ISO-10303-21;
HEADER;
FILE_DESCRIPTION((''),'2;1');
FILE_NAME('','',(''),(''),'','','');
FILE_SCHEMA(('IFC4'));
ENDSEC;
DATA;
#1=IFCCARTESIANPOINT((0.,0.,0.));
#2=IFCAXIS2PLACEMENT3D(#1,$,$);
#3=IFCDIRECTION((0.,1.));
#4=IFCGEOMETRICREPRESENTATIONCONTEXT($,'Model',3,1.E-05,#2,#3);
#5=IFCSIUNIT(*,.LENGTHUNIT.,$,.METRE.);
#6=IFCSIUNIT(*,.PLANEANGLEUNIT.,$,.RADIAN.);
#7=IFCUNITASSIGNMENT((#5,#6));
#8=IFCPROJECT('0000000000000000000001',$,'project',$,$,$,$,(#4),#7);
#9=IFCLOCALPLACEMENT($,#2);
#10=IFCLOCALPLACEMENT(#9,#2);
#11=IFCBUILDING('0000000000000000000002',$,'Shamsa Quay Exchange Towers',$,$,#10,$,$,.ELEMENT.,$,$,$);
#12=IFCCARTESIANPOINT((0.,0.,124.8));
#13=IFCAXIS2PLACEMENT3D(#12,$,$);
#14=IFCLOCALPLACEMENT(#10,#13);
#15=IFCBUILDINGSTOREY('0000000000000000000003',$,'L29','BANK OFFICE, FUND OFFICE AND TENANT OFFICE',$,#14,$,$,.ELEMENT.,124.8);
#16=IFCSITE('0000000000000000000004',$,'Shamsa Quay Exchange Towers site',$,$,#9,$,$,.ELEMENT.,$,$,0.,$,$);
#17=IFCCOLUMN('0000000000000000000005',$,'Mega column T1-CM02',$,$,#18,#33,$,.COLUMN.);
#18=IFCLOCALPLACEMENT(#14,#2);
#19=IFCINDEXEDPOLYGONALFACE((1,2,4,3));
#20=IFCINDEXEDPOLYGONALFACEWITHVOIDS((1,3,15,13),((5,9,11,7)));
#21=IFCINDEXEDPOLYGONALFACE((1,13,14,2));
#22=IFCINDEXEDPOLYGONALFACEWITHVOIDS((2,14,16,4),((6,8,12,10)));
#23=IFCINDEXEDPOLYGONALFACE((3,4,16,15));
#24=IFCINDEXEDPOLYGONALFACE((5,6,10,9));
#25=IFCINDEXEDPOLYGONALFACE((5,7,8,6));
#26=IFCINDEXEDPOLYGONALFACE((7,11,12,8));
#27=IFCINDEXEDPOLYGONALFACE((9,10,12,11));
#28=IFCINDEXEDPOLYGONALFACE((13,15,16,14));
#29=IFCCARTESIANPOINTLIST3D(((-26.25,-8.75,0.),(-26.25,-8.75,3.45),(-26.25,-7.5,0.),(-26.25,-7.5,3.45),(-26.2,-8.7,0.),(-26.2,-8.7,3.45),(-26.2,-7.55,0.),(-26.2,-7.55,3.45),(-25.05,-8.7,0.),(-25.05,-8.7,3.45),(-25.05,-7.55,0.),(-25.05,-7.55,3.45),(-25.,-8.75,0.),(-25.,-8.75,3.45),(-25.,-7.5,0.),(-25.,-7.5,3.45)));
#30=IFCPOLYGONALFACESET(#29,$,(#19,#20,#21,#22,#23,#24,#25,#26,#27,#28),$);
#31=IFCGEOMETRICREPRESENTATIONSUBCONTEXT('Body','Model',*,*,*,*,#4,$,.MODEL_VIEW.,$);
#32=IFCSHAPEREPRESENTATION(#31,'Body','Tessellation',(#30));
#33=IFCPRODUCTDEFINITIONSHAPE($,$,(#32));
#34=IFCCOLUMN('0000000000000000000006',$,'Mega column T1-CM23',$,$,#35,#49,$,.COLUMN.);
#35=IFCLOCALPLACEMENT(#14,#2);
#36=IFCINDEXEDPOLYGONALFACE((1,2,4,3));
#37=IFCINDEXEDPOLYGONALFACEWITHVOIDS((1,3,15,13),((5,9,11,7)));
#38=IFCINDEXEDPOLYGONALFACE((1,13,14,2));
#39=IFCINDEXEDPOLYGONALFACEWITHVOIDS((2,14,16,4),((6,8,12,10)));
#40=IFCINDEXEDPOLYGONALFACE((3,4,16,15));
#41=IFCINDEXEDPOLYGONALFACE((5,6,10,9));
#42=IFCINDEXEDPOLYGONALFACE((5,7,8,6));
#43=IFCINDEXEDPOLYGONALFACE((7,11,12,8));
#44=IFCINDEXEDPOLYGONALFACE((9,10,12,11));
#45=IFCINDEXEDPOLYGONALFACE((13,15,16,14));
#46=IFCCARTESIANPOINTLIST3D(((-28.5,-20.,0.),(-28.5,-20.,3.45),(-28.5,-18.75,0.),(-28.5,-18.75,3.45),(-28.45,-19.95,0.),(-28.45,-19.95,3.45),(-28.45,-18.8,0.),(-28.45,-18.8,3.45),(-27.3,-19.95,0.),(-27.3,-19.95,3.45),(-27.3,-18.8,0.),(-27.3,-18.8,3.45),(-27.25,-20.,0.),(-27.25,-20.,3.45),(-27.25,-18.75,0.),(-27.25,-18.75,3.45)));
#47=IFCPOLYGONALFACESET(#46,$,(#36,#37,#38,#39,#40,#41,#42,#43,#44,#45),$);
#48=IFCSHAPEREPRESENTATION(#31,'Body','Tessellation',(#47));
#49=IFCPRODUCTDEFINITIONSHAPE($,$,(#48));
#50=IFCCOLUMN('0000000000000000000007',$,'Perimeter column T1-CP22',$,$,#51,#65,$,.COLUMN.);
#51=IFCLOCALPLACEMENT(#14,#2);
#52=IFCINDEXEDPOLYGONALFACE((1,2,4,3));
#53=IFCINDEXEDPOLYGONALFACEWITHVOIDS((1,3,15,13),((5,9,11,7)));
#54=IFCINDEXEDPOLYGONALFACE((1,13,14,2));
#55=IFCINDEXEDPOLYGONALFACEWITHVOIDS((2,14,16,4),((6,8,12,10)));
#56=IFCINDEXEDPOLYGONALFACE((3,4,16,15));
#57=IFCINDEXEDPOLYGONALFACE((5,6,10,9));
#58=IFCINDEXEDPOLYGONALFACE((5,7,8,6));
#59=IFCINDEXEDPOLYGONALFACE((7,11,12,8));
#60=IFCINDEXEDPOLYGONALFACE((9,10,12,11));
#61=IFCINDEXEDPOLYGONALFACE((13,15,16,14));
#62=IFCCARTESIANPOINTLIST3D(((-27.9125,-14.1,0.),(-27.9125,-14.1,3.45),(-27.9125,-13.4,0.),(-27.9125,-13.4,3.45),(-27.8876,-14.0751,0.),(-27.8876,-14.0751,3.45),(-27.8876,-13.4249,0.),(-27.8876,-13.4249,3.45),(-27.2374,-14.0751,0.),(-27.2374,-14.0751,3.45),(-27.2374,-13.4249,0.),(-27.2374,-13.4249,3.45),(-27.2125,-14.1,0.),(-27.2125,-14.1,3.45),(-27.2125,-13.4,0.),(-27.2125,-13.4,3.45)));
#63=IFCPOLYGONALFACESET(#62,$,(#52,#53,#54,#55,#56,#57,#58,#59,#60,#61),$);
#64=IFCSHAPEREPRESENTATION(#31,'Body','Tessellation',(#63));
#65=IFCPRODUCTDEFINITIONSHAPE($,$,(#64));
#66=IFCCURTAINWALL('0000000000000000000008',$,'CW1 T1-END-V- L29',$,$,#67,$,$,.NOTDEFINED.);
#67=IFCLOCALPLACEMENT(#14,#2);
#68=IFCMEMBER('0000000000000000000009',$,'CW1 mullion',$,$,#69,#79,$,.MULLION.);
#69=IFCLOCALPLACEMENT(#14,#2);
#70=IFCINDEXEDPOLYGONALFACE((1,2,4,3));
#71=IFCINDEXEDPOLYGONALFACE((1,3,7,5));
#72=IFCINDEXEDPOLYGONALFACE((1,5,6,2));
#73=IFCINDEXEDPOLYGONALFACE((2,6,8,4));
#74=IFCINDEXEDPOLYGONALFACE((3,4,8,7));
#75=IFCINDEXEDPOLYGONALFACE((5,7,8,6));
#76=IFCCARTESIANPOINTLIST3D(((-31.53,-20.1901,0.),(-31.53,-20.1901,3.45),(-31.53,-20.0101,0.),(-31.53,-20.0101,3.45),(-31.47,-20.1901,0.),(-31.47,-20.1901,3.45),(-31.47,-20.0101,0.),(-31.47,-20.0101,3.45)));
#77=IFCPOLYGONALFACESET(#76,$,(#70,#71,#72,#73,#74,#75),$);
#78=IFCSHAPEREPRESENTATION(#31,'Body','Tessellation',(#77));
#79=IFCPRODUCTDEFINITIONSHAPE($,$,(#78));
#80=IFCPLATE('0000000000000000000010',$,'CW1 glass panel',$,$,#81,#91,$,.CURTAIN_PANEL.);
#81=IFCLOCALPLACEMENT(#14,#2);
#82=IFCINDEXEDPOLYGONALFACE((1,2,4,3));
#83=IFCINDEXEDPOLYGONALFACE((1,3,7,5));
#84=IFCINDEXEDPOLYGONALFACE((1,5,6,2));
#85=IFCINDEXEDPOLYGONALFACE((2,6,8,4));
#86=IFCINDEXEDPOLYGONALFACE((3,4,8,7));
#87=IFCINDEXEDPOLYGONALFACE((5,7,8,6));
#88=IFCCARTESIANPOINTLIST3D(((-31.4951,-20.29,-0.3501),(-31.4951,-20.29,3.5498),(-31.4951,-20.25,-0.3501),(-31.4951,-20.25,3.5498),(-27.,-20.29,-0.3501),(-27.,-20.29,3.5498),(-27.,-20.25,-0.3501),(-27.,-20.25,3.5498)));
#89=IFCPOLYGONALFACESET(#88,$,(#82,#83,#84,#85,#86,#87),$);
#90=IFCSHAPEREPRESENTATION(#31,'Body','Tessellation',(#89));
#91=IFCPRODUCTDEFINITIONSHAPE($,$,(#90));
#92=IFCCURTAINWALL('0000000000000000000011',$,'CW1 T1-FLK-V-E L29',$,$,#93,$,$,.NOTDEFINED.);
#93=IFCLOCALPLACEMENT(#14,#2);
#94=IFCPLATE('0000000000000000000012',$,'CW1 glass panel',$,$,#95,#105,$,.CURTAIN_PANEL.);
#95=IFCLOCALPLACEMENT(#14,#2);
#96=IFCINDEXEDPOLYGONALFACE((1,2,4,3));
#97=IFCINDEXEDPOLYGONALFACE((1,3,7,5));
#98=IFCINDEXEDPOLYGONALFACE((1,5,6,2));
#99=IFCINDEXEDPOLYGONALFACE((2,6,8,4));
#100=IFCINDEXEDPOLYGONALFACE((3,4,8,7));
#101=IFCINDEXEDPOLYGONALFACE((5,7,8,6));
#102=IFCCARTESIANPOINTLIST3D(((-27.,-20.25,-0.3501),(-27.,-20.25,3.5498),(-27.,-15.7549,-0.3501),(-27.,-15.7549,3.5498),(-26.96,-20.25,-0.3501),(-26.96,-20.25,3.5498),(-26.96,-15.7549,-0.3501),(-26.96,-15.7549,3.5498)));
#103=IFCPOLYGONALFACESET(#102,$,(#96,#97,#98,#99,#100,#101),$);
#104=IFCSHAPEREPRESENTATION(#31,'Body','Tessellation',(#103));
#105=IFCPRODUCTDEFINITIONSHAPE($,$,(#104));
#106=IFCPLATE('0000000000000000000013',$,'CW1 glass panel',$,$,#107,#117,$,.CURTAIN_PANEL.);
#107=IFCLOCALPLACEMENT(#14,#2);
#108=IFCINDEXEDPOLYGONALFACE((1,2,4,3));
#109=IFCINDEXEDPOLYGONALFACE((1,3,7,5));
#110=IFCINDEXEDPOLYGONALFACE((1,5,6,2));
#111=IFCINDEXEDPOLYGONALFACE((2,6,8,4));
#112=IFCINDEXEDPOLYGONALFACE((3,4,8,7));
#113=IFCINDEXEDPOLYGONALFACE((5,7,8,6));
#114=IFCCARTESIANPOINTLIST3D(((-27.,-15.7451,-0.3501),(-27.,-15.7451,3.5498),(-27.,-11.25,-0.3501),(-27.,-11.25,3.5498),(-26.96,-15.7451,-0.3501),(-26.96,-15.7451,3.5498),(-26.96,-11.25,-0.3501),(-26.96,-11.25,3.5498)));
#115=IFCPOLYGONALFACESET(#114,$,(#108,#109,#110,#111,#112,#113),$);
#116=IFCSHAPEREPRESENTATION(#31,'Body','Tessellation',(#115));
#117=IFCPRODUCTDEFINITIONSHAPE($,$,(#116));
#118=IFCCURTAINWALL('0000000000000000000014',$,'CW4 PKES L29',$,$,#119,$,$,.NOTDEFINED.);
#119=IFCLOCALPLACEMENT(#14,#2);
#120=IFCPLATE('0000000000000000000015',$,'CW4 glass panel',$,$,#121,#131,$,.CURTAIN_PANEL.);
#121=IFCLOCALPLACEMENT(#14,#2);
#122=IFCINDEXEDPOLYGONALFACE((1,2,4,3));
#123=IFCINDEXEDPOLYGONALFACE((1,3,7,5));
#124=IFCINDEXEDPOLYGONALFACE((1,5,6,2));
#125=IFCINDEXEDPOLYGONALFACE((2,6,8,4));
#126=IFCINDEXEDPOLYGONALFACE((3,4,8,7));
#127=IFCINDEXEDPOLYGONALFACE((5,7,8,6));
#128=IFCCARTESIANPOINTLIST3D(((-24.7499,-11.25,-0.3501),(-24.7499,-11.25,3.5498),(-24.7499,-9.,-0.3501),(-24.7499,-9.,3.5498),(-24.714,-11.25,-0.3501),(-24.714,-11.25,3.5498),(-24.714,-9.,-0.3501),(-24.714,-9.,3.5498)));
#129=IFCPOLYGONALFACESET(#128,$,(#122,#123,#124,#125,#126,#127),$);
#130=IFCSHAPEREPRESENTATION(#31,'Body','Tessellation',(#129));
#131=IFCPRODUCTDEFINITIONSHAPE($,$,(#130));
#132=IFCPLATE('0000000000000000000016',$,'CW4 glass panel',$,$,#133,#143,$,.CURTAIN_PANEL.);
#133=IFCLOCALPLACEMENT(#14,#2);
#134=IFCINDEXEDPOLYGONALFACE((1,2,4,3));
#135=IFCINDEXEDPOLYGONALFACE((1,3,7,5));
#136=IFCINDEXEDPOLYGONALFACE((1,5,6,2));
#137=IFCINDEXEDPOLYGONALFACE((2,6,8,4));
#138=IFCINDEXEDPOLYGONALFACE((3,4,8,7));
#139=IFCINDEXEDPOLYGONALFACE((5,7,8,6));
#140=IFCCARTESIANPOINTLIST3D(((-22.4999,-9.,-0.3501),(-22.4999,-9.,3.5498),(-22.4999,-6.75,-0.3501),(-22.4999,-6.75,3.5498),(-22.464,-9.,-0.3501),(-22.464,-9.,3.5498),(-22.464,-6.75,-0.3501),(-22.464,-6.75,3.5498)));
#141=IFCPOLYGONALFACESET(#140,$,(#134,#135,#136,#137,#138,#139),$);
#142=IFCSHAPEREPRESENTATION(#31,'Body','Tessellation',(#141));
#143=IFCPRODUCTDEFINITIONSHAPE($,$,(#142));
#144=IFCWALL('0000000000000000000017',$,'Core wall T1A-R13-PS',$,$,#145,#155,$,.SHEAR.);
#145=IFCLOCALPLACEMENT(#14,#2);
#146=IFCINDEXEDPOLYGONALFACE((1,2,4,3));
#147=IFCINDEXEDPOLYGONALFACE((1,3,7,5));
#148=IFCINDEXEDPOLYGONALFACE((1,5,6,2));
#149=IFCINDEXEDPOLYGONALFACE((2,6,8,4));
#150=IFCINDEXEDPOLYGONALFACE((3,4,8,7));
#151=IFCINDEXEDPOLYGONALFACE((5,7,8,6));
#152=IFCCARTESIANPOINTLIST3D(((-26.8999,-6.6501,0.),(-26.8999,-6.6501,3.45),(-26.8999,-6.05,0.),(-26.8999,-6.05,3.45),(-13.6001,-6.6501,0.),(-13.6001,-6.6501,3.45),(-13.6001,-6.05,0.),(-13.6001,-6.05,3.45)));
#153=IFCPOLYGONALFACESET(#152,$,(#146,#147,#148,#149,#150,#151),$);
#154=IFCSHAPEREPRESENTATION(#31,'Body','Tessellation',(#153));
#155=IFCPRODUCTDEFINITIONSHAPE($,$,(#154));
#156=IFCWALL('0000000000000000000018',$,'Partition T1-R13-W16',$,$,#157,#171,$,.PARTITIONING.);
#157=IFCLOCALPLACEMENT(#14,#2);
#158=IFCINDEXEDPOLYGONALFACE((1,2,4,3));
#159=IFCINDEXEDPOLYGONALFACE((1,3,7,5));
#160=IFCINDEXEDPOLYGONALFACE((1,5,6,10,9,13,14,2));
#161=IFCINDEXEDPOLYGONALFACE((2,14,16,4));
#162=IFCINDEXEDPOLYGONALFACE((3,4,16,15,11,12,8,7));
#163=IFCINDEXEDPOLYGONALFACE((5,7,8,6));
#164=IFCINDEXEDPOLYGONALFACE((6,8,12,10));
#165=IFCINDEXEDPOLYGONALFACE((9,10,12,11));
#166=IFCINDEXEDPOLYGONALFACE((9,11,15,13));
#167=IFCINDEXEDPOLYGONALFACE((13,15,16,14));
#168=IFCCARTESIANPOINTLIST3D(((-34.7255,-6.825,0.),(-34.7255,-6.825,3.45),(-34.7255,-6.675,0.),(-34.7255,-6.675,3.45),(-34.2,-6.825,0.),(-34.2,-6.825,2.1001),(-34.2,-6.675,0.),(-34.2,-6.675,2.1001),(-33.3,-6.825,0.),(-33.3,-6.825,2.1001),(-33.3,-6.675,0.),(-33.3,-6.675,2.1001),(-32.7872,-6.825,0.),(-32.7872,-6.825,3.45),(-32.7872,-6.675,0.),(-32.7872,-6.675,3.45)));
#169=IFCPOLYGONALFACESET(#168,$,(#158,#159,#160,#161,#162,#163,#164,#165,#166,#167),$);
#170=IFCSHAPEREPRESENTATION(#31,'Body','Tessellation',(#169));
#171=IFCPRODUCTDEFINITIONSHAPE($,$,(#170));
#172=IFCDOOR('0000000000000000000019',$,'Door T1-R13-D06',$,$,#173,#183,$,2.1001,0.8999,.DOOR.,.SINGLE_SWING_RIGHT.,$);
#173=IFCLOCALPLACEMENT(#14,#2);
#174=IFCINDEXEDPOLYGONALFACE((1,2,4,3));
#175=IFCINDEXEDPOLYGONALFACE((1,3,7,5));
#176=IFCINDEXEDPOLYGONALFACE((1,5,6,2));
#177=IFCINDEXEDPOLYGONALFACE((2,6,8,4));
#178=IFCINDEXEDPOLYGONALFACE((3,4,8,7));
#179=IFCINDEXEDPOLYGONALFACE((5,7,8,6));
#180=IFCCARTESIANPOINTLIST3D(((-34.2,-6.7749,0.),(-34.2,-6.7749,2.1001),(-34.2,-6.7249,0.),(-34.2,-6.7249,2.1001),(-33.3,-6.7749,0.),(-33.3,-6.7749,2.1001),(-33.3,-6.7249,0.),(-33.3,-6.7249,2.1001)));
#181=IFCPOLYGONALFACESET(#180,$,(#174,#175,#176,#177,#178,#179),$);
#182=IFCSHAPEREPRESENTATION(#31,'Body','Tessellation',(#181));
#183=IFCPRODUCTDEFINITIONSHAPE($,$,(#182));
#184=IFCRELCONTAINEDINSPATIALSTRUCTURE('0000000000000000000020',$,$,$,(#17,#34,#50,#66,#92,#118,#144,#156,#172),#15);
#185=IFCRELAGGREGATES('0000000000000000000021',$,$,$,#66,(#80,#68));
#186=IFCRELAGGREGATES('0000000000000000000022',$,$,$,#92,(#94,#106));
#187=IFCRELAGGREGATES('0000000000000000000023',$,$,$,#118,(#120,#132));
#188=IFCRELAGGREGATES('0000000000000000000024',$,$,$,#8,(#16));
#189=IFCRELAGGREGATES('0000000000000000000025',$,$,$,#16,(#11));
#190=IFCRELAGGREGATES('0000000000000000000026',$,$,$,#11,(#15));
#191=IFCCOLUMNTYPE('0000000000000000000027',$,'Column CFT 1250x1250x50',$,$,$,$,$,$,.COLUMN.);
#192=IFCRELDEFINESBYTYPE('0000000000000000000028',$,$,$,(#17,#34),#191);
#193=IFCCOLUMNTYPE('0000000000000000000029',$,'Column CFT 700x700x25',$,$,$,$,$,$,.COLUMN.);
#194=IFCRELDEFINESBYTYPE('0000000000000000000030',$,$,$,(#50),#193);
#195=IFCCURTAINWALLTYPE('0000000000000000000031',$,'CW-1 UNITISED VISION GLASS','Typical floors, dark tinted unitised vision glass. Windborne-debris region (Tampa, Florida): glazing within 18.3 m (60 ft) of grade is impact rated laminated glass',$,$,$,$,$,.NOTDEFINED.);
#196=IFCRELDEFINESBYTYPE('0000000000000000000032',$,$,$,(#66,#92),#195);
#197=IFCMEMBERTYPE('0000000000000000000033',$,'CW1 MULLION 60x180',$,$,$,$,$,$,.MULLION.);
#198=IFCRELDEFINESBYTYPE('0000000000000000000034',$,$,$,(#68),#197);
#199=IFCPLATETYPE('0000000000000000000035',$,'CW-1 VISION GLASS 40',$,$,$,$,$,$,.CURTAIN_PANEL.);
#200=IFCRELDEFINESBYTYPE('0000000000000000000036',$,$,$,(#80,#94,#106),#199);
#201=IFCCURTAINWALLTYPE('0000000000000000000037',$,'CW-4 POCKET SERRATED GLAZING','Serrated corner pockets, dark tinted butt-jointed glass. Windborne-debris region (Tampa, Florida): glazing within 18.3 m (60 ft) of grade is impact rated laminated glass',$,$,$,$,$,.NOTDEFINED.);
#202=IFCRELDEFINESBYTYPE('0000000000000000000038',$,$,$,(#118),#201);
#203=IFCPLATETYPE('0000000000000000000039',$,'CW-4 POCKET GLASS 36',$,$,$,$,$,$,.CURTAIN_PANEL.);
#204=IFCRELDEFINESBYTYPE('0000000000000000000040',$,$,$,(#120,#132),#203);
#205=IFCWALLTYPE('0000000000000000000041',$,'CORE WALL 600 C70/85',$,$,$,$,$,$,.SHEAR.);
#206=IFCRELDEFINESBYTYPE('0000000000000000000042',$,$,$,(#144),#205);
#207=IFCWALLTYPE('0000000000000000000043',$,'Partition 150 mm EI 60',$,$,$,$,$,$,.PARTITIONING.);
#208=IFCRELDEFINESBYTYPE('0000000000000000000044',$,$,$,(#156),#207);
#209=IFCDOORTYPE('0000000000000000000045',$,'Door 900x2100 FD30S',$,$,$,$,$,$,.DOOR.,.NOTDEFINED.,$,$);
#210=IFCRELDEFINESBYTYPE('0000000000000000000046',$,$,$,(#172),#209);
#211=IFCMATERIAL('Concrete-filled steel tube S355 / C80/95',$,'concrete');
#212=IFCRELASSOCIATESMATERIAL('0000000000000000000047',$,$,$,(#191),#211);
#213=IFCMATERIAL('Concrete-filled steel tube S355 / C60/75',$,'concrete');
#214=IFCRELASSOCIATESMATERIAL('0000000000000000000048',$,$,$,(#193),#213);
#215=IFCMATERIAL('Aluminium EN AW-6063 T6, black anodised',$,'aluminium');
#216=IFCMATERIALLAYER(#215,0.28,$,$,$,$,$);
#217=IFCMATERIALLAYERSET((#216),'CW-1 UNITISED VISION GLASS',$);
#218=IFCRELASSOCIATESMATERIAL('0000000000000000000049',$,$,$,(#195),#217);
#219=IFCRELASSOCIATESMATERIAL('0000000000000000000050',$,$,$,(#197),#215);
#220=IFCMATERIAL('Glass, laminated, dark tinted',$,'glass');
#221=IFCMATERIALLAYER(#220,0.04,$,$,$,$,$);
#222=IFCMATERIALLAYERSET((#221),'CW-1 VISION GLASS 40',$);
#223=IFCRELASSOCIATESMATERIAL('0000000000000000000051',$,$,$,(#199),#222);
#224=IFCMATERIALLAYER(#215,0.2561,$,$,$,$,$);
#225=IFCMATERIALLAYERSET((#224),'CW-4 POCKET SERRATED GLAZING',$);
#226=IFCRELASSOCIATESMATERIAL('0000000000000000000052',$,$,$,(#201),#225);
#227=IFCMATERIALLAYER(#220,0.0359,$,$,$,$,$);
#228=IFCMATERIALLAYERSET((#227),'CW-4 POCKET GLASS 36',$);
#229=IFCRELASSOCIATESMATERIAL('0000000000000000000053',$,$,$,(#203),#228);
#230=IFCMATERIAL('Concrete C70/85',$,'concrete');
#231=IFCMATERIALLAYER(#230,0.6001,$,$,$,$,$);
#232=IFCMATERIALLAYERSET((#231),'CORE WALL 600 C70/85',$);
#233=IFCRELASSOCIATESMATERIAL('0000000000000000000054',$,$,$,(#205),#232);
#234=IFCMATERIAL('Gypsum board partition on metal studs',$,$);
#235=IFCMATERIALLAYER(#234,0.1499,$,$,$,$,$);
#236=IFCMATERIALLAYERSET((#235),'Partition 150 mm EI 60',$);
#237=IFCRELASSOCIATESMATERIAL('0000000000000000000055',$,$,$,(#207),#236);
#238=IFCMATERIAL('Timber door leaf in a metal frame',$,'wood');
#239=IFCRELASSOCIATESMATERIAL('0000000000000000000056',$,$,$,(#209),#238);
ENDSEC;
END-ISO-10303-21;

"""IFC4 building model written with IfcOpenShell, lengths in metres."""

from ifc_helpers import new_model, si_unit, direction, frame, frame_2d, origin, origin_2d, place, context, subcontext, project, spatial, rectangle, hollow_rectangle, extrude, material, layer, layer_set, material_profile, profile_set, type_object, element, fill, aggregate, save


model = new_model("IFC4")

# Units and contexts
model_context = context("Model", 3, precision=1e-05, world=origin(), true_north=direction((0.0, 1.0)))
body_context = subcontext(model_context, "Body", "Model", "MODEL_VIEW")
ifc_project = project(units=[si_unit("LENGTHUNIT", "METRE"), si_unit("PLANEANGLEUNIT", "RADIAN")], contexts=[model_context])

# Site, building, storey
site_placement = place(None, origin())
site = spatial("IfcSite", under=ifc_project, at=site_placement, Name="Shamsa Quay Exchange Towers site", CompositionType="ELEMENT", RefElevation=0.0)
building_placement = place(site_placement, origin())
building = spatial("IfcBuilding", under=site, at=building_placement, Name="Shamsa Quay Exchange Towers", CompositionType="ELEMENT")
storey_placement = place(building_placement, frame((0.0, 0.0, 124.8)))
storey = spatial("IfcBuildingStorey", under=building, at=storey_placement, Name="L29", Description="BANK OFFICE, FUND OFFICE AND TENANT OFFICE", CompositionType="ELEMENT", Elevation=124.8)

# Columns
ifc_material_1 = material(Name="Concrete-filled steel tube S355 / C80/95", Category="concrete")
ifc_material_profile_1 = material_profile(ifc_material_1, hollow_rectangle(XDim=1.25, YDim=1.25, WallThickness=0.05, at=origin_2d()), Name="CFT 1250x1250x50")
ifc_profile_set_1 = profile_set([ifc_material_profile_1], Name="Concrete-filled steel tube S355 / C80/95")
column_type_1 = type_object("IfcColumnType", Name="Column CFT 1250x1250x50", PredefinedType="COLUMN", material=ifc_profile_set_1)
for number, where, name in (
    (1, (-25.625, -8.125, 0.0), "Mega column T1-CM02"),
    (2, (-27.875, -19.375, 0.0), "Mega column T1-CM23"),
):
    element("IfcColumn", number, at=place(storey_placement, frame(where)), inside=storey, type_object=column_type_1, Name=name, PredefinedType="COLUMN", context=body_context, shape_type="SweptSolid", body=[
        extrude(hollow_rectangle(XDim=1.25, YDim=1.25, WallThickness=0.05, at=origin_2d()), origin(), (0.0, 0.0, 1.0), 3.45),
    ])
ifc_material_2 = material(Name="Concrete-filled steel tube S355 / C60/75", Category="concrete")
ifc_material_profile_2 = material_profile(ifc_material_2, hollow_rectangle(XDim=0.7, YDim=0.7, WallThickness=0.0249, at=origin_2d()), Name="CFT 700x700x25")
ifc_profile_set_2 = profile_set([ifc_material_profile_2], Name="Concrete-filled steel tube S355 / C60/75")
column_type_2 = type_object("IfcColumnType", Name="Column CFT 700x700x25", PredefinedType="COLUMN", material=ifc_profile_set_2)
column_placement = place(storey_placement, frame((-27.5625, -13.75, 0.0)))
element("IfcColumn", 3, at=column_placement, inside=storey, type_object=column_type_2, Name="Perimeter column T1-CP22", PredefinedType="COLUMN", context=body_context, shape_type="SweptSolid", body=[
    extrude(hollow_rectangle(XDim=0.7, YDim=0.7, WallThickness=0.0249, at=origin_2d()), origin(), (0.0, 0.0, 1.0), 3.45),
])

# Curtain wall, member, plate
ifc_material_3 = material(Name="Aluminium EN AW-6063 T6, black anodised", Category="aluminium")
ifc_layer_1 = layer(ifc_material_3, 0.28)
ifc_layer_set_1 = layer_set([ifc_layer_1], Name="CW-1 UNITISED VISION GLASS")
curtain_wall_type_1 = type_object("IfcCurtainWallType", Name="CW-1 UNITISED VISION GLASS", Description="Typical floors, dark tinted unitised vision glass. Windborne-debris region (Tampa, Florida): glazing within 18.3 m (60 ft) of grade is impact rated laminated glass", PredefinedType="NOTDEFINED", material=ifc_layer_set_1)
curtain_wall_1_placement = place(storey_placement, origin())
curtain_wall_1 = element("IfcCurtainWall", 4, at=curtain_wall_1_placement, inside=storey, type_object=curtain_wall_type_1, Name="CW1 T1-END-V- L29", PredefinedType="NOTDEFINED")
ifc_material_profile_3 = material_profile(ifc_material_3, rectangle(XDim=0.1799, YDim=0.0601, at=origin_2d()), Name="MU60x180")
ifc_profile_set_3 = profile_set([ifc_material_profile_3], Name="Aluminium EN AW-6063 T6, black anodised")
member_type = type_object("IfcMemberType", Name="CW1 MULLION 60x180", PredefinedType="MULLION", material=ifc_profile_set_3)
member_placement = place(storey_placement, frame((-31.5, -20.1001, 0.0), z_axis=(0.0, 0.0, 1.0), x_axis=(0.0, 1.0, 0.0)))
member = element("IfcMember", 5, at=member_placement, type_object=member_type, Name="CW1 mullion", PredefinedType="MULLION", context=body_context, shape_type="SweptSolid", body=[
    extrude(rectangle(XDim=0.1799, YDim=0.0601, at=origin_2d()), origin(), (0.0, 0.0, 1.0), 3.45),
])
ifc_material_4 = material(Name="Glass, laminated, dark tinted", Category="glass")
ifc_layer_2 = layer(ifc_material_4, 0.04)
ifc_layer_set_2 = layer_set([ifc_layer_2], Name="CW-1 VISION GLASS 40")
plate_type_1 = type_object("IfcPlateType", Name="CW-1 VISION GLASS 40", PredefinedType="CURTAIN_PANEL", material=ifc_layer_set_2)
plate_1_placement = place(storey_placement, frame((-29.2476, -20.27, -0.3501)))
plate_1 = element("IfcPlate", 6, at=plate_1_placement, type_object=plate_type_1, Name="CW1 glass panel", PredefinedType="CURTAIN_PANEL", context=body_context, shape_type="SweptSolid", body=[
    extrude(rectangle(XDim=4.4951, YDim=0.04, at=origin_2d()), origin(), (0.0, 0.0, 1.0), 3.8999),
])
aggregate(curtain_wall_1, [plate_1, member])

# Curtain walls, plates
curtain_wall_2_placement = place(storey_placement, origin())
curtain_wall_2 = element("IfcCurtainWall", 7, at=curtain_wall_2_placement, inside=storey, type_object=curtain_wall_type_1, Name="CW1 T1-FLK-V-E L29", PredefinedType="NOTDEFINED")
plate_2_placement = place(storey_placement, frame((-26.98, -18.0024, -0.3501), z_axis=(0.0, 0.0, 1.0), x_axis=(0.0, 1.0, 0.0)))
plate_2 = element("IfcPlate", 8, at=plate_2_placement, type_object=plate_type_1, Name="CW1 glass panel", PredefinedType="CURTAIN_PANEL", context=body_context, shape_type="SweptSolid", body=[
    extrude(rectangle(XDim=4.4951, YDim=0.04, at=origin_2d()), origin(), (0.0, 0.0, 1.0), 3.8999),
])
plate_3_placement = place(storey_placement, frame((-26.98, -13.4976, -0.3501), z_axis=(0.0, 0.0, 1.0), x_axis=(0.0, 1.0, 0.0)))
plate_3 = element("IfcPlate", 9, at=plate_3_placement, type_object=plate_type_1, Name="CW1 glass panel", PredefinedType="CURTAIN_PANEL", context=body_context, shape_type="SweptSolid", body=[
    extrude(rectangle(XDim=4.4951, YDim=0.04, at=origin_2d()), origin(), (0.0, 0.0, 1.0), 3.8999),
])
aggregate(curtain_wall_2, [plate_2, plate_3])
ifc_layer_3 = layer(ifc_material_3, 0.2561)
ifc_layer_set_3 = layer_set([ifc_layer_3], Name="CW-4 POCKET SERRATED GLAZING")
curtain_wall_type_2 = type_object("IfcCurtainWallType", Name="CW-4 POCKET SERRATED GLAZING", Description="Serrated corner pockets, dark tinted butt-jointed glass. Windborne-debris region (Tampa, Florida): glazing within 18.3 m (60 ft) of grade is impact rated laminated glass", PredefinedType="NOTDEFINED", material=ifc_layer_set_3)
curtain_wall_3_placement = place(storey_placement, origin())
curtain_wall_3 = element("IfcCurtainWall", 10, at=curtain_wall_3_placement, inside=storey, type_object=curtain_wall_type_2, Name="CW4 PKES L29", PredefinedType="NOTDEFINED")
ifc_layer_4 = layer(ifc_material_4, 0.0359)
ifc_layer_set_4 = layer_set([ifc_layer_4], Name="CW-4 POCKET GLASS 36")
plate_type_2 = type_object("IfcPlateType", Name="CW-4 POCKET GLASS 36", PredefinedType="CURTAIN_PANEL", material=ifc_layer_set_4)
plate_4_placement = place(storey_placement, frame((-24.7319, -10.125, -0.3501), z_axis=(0.0, 0.0, 1.0), x_axis=(0.0, 1.0, 0.0)))
plate_4 = element("IfcPlate", 11, at=plate_4_placement, type_object=plate_type_2, Name="CW4 glass panel", PredefinedType="CURTAIN_PANEL", context=body_context, shape_type="SweptSolid", body=[
    extrude(rectangle(XDim=2.25, YDim=0.0359, at=origin_2d()), origin(), (0.0, 0.0, 1.0), 3.8999),
])
plate_5_placement = place(storey_placement, frame((-22.4819, -7.875, -0.3501), z_axis=(0.0, 0.0, 1.0), x_axis=(0.0, 1.0, 0.0)))
plate_5 = element("IfcPlate", 12, at=plate_5_placement, type_object=plate_type_2, Name="CW4 glass panel", PredefinedType="CURTAIN_PANEL", context=body_context, shape_type="SweptSolid", body=[
    extrude(rectangle(XDim=2.25, YDim=0.0359, at=origin_2d()), origin(), (0.0, 0.0, 1.0), 3.8999),
])
aggregate(curtain_wall_3, [plate_4, plate_5])

# Wall
ifc_material_5 = material(Name="Concrete C70/85", Category="concrete")
ifc_layer_5 = layer(ifc_material_5, 0.6001)
ifc_layer_set_5 = layer_set([ifc_layer_5], Name="CORE WALL 600 C70/85")
wall_type_1 = type_object("IfcWallType", Name="CORE WALL 600 C70/85", PredefinedType="SHEAR", material=ifc_layer_set_5)
wall_1_placement = place(storey_placement, frame((-26.8999, -6.3501, 0.0)))
element("IfcWall", 13, at=wall_1_placement, inside=storey, type_object=wall_type_1, Name="Core wall T1A-R13-PS", PredefinedType="SHEAR", context=body_context, shape_type="SweptSolid", body=[
    extrude(rectangle(XDim=13.2998, YDim=0.6001, at=frame_2d((6.6499, 0.0))), origin(), (0.0, 0.0, 1.0), 3.45),
])

# Wall, opening, door
ifc_material_6 = material(Name="Gypsum board partition on metal studs")
ifc_layer_6 = layer(ifc_material_6, 0.1499)
ifc_layer_set_6 = layer_set([ifc_layer_6], Name="Partition 150 mm EI 60")
wall_type_2 = type_object("IfcWallType", Name="Partition 150 mm EI 60", PredefinedType="PARTITIONING", material=ifc_layer_set_6)
wall_2_placement = place(storey_placement, frame((-32.7871, -6.75, 0.0), z_axis=(0.0, 0.0, 1.0), x_axis=(-1.0, 0.0, 0.0)))
wall_2 = element("IfcWall", 14, at=wall_2_placement, inside=storey, type_object=wall_type_2, Name="Partition T1-R13-W16", PredefinedType="PARTITIONING", context=body_context, shape_type="SweptSolid", body=[
    extrude(rectangle(XDim=1.9382, YDim=0.1499, at=frame_2d((0.9692, 0.0))), origin(), (0.0, 0.0, 1.0), 3.45),
])
opening_1_placement = place(wall_2_placement, frame((0.5129, 0.0, 0.0)))
opening_1 = element("IfcOpeningElement", 15, at=opening_1_placement, cuts=wall_2, PredefinedType="OPENING", context=body_context, shape_type="SweptSolid", body=[
    extrude(rectangle(XDim=0.8999, YDim=2.1001, at=frame_2d((0.45, 1.05))), frame((0.0, 0.085, 0.0), z_axis=(0.0, -1.0, 0.0), x_axis=(1.0, 0.0, 0.0)), (0.0, 0.0, 1.0), 0.1699),
])
ifc_material_7 = material(Name="Timber door leaf in a metal frame", Category="wood")
door_type_1 = type_object("IfcDoorType", Name="Door 900x2100 FD30S", OperationType="NOTDEFINED", PredefinedType="DOOR", material=ifc_material_7)
door_1_placement = place(opening_1_placement, origin())
door_1 = element("IfcDoor", 16, at=door_1_placement, inside=storey, type_object=door_type_1, Name="Door T1-R13-D06", OperationType="SINGLE_SWING_RIGHT", OverallHeight=2.1001, OverallWidth=0.8999, PredefinedType="DOOR", context=body_context, shape_type="SweptSolid", body=[
    extrude(rectangle(XDim=0.8999, YDim=2.1001, at=frame_2d((0.45, 1.05))), frame((0.0, 0.0249, 0.0), z_axis=(0.0, -1.0, 0.0), x_axis=(1.0, 0.0, 0.0)), (0.0, 0.0, 1.0), 0.05),
])
fill(opening_1, door_1)

save(model, "model.ifc")
